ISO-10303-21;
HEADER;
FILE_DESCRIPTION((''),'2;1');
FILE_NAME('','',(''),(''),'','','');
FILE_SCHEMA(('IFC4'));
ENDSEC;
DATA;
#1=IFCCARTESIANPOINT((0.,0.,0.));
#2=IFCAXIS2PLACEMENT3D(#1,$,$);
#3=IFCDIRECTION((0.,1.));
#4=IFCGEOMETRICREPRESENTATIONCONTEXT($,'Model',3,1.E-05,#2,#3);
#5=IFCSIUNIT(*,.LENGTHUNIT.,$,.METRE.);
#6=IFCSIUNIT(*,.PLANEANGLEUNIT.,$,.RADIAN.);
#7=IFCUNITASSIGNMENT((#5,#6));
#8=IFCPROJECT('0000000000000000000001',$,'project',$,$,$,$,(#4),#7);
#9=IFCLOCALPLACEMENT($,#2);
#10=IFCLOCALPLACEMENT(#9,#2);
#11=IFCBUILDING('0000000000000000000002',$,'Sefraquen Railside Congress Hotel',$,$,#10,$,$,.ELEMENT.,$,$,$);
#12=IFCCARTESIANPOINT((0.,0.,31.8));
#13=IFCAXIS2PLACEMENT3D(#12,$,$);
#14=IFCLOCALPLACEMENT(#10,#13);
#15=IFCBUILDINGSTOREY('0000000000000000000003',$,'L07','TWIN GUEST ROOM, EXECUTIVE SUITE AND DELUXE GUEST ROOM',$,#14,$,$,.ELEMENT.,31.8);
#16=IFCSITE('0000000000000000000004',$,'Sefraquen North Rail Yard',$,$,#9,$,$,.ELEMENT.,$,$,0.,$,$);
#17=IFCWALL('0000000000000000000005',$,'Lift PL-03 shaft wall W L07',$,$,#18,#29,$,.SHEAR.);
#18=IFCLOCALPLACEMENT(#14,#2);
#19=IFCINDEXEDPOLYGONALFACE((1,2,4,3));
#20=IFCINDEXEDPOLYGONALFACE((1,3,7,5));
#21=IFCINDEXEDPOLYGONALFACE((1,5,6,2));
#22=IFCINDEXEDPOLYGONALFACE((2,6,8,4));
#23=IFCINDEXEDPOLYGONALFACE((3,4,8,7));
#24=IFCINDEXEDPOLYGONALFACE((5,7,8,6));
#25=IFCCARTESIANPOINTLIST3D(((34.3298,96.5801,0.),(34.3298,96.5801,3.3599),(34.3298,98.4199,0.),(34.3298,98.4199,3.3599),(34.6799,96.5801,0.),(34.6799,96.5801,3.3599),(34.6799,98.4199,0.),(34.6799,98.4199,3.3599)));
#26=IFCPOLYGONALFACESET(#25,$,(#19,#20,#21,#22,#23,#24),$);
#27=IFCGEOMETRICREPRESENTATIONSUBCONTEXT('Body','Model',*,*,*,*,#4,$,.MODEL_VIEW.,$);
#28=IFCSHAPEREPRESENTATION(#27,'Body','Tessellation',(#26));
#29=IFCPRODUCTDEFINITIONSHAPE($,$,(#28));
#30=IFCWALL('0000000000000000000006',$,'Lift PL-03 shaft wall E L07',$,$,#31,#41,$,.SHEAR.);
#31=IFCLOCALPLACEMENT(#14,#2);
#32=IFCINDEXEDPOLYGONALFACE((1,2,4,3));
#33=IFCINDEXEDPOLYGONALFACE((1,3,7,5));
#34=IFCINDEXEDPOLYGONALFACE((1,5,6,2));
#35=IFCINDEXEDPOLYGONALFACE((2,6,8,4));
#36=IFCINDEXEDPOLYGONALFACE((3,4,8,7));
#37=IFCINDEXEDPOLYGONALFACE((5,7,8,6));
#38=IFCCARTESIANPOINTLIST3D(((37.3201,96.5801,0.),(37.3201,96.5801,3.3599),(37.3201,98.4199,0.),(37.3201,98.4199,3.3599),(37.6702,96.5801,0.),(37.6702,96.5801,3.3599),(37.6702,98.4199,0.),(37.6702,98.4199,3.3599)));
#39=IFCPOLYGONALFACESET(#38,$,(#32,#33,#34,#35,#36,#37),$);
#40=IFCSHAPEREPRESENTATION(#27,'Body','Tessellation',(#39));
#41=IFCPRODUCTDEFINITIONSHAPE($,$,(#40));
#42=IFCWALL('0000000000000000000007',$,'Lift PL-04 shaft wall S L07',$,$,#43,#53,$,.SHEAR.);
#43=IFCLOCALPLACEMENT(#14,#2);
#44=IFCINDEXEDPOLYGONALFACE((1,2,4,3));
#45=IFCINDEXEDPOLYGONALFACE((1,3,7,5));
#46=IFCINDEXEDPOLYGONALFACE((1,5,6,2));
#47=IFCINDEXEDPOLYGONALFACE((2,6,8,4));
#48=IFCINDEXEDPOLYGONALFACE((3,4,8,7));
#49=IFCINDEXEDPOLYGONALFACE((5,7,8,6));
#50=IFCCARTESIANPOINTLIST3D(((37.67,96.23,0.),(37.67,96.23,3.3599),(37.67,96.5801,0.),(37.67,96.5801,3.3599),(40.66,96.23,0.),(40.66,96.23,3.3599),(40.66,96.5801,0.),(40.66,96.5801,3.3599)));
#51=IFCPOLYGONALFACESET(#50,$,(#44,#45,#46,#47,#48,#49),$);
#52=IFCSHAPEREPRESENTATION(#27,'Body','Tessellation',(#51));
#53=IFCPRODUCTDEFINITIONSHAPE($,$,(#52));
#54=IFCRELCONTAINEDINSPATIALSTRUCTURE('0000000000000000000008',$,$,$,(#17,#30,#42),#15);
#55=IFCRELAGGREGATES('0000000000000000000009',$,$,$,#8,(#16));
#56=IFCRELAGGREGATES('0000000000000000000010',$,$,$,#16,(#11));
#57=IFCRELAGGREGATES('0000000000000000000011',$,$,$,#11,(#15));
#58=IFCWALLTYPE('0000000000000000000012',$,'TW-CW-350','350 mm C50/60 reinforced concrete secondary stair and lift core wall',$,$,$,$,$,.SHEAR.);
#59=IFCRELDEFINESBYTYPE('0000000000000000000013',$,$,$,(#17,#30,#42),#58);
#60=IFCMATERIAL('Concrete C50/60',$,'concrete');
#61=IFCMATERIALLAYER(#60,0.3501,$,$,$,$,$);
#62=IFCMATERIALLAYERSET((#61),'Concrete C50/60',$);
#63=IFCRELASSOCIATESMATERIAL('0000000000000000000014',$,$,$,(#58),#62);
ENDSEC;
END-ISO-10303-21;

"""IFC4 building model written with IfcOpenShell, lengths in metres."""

from ifc_helpers import new_model, si_unit, direction, frame, frame_2d, origin, place, context, subcontext, project, spatial, rectangle, extrude, material, layer, layer_set, type_object, element, save


model = new_model("IFC4")

# Units and contexts
model_context = context("Model", 3, precision=1e-05, world=origin(), true_north=direction((0.0, 1.0)))
body_context = subcontext(model_context, "Body", "Model", "MODEL_VIEW")
ifc_project = project(units=[si_unit("LENGTHUNIT", "METRE"), si_unit("PLANEANGLEUNIT", "RADIAN")], contexts=[model_context])

# Site, building, storey
site_placement = place(None, origin())
site = spatial("IfcSite", under=ifc_project, at=site_placement, Name="Sefraquen North Rail Yard", CompositionType="ELEMENT", RefElevation=0.0)
building_placement = place(site_placement, origin())
building = spatial("IfcBuilding", under=site, at=building_placement, Name="Sefraquen Railside Congress Hotel", CompositionType="ELEMENT")
storey_placement = place(building_placement, frame((0.0, 0.0, 31.8)))
storey = spatial("IfcBuildingStorey", under=building, at=storey_placement, Name="L07", Description="TWIN GUEST ROOM, EXECUTIVE SUITE AND DELUXE GUEST ROOM", CompositionType="ELEMENT", Elevation=31.8)

# Walls
ifc_material_1 = material(Name="Concrete C50/60", Category="concrete")
ifc_layer_1 = layer(ifc_material_1, 0.3501)
ifc_layer_set_1 = layer_set([ifc_layer_1], Name="Concrete C50/60")
wall_type = type_object("IfcWallType", Name="TW-CW-350", Description="350 mm C50/60 reinforced concrete secondary stair and lift core wall", PredefinedType="SHEAR", material=ifc_layer_set_1)
for number, where, z_axis, x_axis, name in (
    (1, (34.5049, 96.5801, 0.0), (0.0, 0.0, 1.0), (0.0, 1.0, 0.0), "Lift PL-03 shaft wall W L07"),
    (2, (37.4951, 96.5801, 0.0), (0.0, 0.0, 1.0), (0.0, 1.0, 0.0), "Lift PL-03 shaft wall E L07"),
):
    element("IfcWall", number, at=place(storey_placement, frame(where, z_axis=z_axis, x_axis=x_axis)), inside=storey, type_object=wall_type, Name=name, PredefinedType="SHEAR", context=body_context, shape_type="SweptSolid", body=[
        extrude(rectangle(XDim=1.8398, YDim=0.3501, at=frame_2d((0.9199, 0.0))), origin(), (0.0, 0.0, 1.0), 3.3599),
    ])
wall_1_placement = place(storey_placement, frame((37.6699, 96.405, 0.0), z_axis=(0.0, 0.0, 1.0), x_axis=(1.0, 0.0, 0.0)))
element("IfcWall", 3, at=wall_1_placement, inside=storey, type_object=wall_type, Name="Lift PL-04 shaft wall S L07", PredefinedType="SHEAR", context=body_context, shape_type="SweptSolid", body=[
    extrude(rectangle(XDim=2.99, YDim=0.3501, at=frame_2d((1.4951, 0.0))), origin(), (0.0, 0.0, 1.0), 3.3599),
])

save(model, "model.ifc")
